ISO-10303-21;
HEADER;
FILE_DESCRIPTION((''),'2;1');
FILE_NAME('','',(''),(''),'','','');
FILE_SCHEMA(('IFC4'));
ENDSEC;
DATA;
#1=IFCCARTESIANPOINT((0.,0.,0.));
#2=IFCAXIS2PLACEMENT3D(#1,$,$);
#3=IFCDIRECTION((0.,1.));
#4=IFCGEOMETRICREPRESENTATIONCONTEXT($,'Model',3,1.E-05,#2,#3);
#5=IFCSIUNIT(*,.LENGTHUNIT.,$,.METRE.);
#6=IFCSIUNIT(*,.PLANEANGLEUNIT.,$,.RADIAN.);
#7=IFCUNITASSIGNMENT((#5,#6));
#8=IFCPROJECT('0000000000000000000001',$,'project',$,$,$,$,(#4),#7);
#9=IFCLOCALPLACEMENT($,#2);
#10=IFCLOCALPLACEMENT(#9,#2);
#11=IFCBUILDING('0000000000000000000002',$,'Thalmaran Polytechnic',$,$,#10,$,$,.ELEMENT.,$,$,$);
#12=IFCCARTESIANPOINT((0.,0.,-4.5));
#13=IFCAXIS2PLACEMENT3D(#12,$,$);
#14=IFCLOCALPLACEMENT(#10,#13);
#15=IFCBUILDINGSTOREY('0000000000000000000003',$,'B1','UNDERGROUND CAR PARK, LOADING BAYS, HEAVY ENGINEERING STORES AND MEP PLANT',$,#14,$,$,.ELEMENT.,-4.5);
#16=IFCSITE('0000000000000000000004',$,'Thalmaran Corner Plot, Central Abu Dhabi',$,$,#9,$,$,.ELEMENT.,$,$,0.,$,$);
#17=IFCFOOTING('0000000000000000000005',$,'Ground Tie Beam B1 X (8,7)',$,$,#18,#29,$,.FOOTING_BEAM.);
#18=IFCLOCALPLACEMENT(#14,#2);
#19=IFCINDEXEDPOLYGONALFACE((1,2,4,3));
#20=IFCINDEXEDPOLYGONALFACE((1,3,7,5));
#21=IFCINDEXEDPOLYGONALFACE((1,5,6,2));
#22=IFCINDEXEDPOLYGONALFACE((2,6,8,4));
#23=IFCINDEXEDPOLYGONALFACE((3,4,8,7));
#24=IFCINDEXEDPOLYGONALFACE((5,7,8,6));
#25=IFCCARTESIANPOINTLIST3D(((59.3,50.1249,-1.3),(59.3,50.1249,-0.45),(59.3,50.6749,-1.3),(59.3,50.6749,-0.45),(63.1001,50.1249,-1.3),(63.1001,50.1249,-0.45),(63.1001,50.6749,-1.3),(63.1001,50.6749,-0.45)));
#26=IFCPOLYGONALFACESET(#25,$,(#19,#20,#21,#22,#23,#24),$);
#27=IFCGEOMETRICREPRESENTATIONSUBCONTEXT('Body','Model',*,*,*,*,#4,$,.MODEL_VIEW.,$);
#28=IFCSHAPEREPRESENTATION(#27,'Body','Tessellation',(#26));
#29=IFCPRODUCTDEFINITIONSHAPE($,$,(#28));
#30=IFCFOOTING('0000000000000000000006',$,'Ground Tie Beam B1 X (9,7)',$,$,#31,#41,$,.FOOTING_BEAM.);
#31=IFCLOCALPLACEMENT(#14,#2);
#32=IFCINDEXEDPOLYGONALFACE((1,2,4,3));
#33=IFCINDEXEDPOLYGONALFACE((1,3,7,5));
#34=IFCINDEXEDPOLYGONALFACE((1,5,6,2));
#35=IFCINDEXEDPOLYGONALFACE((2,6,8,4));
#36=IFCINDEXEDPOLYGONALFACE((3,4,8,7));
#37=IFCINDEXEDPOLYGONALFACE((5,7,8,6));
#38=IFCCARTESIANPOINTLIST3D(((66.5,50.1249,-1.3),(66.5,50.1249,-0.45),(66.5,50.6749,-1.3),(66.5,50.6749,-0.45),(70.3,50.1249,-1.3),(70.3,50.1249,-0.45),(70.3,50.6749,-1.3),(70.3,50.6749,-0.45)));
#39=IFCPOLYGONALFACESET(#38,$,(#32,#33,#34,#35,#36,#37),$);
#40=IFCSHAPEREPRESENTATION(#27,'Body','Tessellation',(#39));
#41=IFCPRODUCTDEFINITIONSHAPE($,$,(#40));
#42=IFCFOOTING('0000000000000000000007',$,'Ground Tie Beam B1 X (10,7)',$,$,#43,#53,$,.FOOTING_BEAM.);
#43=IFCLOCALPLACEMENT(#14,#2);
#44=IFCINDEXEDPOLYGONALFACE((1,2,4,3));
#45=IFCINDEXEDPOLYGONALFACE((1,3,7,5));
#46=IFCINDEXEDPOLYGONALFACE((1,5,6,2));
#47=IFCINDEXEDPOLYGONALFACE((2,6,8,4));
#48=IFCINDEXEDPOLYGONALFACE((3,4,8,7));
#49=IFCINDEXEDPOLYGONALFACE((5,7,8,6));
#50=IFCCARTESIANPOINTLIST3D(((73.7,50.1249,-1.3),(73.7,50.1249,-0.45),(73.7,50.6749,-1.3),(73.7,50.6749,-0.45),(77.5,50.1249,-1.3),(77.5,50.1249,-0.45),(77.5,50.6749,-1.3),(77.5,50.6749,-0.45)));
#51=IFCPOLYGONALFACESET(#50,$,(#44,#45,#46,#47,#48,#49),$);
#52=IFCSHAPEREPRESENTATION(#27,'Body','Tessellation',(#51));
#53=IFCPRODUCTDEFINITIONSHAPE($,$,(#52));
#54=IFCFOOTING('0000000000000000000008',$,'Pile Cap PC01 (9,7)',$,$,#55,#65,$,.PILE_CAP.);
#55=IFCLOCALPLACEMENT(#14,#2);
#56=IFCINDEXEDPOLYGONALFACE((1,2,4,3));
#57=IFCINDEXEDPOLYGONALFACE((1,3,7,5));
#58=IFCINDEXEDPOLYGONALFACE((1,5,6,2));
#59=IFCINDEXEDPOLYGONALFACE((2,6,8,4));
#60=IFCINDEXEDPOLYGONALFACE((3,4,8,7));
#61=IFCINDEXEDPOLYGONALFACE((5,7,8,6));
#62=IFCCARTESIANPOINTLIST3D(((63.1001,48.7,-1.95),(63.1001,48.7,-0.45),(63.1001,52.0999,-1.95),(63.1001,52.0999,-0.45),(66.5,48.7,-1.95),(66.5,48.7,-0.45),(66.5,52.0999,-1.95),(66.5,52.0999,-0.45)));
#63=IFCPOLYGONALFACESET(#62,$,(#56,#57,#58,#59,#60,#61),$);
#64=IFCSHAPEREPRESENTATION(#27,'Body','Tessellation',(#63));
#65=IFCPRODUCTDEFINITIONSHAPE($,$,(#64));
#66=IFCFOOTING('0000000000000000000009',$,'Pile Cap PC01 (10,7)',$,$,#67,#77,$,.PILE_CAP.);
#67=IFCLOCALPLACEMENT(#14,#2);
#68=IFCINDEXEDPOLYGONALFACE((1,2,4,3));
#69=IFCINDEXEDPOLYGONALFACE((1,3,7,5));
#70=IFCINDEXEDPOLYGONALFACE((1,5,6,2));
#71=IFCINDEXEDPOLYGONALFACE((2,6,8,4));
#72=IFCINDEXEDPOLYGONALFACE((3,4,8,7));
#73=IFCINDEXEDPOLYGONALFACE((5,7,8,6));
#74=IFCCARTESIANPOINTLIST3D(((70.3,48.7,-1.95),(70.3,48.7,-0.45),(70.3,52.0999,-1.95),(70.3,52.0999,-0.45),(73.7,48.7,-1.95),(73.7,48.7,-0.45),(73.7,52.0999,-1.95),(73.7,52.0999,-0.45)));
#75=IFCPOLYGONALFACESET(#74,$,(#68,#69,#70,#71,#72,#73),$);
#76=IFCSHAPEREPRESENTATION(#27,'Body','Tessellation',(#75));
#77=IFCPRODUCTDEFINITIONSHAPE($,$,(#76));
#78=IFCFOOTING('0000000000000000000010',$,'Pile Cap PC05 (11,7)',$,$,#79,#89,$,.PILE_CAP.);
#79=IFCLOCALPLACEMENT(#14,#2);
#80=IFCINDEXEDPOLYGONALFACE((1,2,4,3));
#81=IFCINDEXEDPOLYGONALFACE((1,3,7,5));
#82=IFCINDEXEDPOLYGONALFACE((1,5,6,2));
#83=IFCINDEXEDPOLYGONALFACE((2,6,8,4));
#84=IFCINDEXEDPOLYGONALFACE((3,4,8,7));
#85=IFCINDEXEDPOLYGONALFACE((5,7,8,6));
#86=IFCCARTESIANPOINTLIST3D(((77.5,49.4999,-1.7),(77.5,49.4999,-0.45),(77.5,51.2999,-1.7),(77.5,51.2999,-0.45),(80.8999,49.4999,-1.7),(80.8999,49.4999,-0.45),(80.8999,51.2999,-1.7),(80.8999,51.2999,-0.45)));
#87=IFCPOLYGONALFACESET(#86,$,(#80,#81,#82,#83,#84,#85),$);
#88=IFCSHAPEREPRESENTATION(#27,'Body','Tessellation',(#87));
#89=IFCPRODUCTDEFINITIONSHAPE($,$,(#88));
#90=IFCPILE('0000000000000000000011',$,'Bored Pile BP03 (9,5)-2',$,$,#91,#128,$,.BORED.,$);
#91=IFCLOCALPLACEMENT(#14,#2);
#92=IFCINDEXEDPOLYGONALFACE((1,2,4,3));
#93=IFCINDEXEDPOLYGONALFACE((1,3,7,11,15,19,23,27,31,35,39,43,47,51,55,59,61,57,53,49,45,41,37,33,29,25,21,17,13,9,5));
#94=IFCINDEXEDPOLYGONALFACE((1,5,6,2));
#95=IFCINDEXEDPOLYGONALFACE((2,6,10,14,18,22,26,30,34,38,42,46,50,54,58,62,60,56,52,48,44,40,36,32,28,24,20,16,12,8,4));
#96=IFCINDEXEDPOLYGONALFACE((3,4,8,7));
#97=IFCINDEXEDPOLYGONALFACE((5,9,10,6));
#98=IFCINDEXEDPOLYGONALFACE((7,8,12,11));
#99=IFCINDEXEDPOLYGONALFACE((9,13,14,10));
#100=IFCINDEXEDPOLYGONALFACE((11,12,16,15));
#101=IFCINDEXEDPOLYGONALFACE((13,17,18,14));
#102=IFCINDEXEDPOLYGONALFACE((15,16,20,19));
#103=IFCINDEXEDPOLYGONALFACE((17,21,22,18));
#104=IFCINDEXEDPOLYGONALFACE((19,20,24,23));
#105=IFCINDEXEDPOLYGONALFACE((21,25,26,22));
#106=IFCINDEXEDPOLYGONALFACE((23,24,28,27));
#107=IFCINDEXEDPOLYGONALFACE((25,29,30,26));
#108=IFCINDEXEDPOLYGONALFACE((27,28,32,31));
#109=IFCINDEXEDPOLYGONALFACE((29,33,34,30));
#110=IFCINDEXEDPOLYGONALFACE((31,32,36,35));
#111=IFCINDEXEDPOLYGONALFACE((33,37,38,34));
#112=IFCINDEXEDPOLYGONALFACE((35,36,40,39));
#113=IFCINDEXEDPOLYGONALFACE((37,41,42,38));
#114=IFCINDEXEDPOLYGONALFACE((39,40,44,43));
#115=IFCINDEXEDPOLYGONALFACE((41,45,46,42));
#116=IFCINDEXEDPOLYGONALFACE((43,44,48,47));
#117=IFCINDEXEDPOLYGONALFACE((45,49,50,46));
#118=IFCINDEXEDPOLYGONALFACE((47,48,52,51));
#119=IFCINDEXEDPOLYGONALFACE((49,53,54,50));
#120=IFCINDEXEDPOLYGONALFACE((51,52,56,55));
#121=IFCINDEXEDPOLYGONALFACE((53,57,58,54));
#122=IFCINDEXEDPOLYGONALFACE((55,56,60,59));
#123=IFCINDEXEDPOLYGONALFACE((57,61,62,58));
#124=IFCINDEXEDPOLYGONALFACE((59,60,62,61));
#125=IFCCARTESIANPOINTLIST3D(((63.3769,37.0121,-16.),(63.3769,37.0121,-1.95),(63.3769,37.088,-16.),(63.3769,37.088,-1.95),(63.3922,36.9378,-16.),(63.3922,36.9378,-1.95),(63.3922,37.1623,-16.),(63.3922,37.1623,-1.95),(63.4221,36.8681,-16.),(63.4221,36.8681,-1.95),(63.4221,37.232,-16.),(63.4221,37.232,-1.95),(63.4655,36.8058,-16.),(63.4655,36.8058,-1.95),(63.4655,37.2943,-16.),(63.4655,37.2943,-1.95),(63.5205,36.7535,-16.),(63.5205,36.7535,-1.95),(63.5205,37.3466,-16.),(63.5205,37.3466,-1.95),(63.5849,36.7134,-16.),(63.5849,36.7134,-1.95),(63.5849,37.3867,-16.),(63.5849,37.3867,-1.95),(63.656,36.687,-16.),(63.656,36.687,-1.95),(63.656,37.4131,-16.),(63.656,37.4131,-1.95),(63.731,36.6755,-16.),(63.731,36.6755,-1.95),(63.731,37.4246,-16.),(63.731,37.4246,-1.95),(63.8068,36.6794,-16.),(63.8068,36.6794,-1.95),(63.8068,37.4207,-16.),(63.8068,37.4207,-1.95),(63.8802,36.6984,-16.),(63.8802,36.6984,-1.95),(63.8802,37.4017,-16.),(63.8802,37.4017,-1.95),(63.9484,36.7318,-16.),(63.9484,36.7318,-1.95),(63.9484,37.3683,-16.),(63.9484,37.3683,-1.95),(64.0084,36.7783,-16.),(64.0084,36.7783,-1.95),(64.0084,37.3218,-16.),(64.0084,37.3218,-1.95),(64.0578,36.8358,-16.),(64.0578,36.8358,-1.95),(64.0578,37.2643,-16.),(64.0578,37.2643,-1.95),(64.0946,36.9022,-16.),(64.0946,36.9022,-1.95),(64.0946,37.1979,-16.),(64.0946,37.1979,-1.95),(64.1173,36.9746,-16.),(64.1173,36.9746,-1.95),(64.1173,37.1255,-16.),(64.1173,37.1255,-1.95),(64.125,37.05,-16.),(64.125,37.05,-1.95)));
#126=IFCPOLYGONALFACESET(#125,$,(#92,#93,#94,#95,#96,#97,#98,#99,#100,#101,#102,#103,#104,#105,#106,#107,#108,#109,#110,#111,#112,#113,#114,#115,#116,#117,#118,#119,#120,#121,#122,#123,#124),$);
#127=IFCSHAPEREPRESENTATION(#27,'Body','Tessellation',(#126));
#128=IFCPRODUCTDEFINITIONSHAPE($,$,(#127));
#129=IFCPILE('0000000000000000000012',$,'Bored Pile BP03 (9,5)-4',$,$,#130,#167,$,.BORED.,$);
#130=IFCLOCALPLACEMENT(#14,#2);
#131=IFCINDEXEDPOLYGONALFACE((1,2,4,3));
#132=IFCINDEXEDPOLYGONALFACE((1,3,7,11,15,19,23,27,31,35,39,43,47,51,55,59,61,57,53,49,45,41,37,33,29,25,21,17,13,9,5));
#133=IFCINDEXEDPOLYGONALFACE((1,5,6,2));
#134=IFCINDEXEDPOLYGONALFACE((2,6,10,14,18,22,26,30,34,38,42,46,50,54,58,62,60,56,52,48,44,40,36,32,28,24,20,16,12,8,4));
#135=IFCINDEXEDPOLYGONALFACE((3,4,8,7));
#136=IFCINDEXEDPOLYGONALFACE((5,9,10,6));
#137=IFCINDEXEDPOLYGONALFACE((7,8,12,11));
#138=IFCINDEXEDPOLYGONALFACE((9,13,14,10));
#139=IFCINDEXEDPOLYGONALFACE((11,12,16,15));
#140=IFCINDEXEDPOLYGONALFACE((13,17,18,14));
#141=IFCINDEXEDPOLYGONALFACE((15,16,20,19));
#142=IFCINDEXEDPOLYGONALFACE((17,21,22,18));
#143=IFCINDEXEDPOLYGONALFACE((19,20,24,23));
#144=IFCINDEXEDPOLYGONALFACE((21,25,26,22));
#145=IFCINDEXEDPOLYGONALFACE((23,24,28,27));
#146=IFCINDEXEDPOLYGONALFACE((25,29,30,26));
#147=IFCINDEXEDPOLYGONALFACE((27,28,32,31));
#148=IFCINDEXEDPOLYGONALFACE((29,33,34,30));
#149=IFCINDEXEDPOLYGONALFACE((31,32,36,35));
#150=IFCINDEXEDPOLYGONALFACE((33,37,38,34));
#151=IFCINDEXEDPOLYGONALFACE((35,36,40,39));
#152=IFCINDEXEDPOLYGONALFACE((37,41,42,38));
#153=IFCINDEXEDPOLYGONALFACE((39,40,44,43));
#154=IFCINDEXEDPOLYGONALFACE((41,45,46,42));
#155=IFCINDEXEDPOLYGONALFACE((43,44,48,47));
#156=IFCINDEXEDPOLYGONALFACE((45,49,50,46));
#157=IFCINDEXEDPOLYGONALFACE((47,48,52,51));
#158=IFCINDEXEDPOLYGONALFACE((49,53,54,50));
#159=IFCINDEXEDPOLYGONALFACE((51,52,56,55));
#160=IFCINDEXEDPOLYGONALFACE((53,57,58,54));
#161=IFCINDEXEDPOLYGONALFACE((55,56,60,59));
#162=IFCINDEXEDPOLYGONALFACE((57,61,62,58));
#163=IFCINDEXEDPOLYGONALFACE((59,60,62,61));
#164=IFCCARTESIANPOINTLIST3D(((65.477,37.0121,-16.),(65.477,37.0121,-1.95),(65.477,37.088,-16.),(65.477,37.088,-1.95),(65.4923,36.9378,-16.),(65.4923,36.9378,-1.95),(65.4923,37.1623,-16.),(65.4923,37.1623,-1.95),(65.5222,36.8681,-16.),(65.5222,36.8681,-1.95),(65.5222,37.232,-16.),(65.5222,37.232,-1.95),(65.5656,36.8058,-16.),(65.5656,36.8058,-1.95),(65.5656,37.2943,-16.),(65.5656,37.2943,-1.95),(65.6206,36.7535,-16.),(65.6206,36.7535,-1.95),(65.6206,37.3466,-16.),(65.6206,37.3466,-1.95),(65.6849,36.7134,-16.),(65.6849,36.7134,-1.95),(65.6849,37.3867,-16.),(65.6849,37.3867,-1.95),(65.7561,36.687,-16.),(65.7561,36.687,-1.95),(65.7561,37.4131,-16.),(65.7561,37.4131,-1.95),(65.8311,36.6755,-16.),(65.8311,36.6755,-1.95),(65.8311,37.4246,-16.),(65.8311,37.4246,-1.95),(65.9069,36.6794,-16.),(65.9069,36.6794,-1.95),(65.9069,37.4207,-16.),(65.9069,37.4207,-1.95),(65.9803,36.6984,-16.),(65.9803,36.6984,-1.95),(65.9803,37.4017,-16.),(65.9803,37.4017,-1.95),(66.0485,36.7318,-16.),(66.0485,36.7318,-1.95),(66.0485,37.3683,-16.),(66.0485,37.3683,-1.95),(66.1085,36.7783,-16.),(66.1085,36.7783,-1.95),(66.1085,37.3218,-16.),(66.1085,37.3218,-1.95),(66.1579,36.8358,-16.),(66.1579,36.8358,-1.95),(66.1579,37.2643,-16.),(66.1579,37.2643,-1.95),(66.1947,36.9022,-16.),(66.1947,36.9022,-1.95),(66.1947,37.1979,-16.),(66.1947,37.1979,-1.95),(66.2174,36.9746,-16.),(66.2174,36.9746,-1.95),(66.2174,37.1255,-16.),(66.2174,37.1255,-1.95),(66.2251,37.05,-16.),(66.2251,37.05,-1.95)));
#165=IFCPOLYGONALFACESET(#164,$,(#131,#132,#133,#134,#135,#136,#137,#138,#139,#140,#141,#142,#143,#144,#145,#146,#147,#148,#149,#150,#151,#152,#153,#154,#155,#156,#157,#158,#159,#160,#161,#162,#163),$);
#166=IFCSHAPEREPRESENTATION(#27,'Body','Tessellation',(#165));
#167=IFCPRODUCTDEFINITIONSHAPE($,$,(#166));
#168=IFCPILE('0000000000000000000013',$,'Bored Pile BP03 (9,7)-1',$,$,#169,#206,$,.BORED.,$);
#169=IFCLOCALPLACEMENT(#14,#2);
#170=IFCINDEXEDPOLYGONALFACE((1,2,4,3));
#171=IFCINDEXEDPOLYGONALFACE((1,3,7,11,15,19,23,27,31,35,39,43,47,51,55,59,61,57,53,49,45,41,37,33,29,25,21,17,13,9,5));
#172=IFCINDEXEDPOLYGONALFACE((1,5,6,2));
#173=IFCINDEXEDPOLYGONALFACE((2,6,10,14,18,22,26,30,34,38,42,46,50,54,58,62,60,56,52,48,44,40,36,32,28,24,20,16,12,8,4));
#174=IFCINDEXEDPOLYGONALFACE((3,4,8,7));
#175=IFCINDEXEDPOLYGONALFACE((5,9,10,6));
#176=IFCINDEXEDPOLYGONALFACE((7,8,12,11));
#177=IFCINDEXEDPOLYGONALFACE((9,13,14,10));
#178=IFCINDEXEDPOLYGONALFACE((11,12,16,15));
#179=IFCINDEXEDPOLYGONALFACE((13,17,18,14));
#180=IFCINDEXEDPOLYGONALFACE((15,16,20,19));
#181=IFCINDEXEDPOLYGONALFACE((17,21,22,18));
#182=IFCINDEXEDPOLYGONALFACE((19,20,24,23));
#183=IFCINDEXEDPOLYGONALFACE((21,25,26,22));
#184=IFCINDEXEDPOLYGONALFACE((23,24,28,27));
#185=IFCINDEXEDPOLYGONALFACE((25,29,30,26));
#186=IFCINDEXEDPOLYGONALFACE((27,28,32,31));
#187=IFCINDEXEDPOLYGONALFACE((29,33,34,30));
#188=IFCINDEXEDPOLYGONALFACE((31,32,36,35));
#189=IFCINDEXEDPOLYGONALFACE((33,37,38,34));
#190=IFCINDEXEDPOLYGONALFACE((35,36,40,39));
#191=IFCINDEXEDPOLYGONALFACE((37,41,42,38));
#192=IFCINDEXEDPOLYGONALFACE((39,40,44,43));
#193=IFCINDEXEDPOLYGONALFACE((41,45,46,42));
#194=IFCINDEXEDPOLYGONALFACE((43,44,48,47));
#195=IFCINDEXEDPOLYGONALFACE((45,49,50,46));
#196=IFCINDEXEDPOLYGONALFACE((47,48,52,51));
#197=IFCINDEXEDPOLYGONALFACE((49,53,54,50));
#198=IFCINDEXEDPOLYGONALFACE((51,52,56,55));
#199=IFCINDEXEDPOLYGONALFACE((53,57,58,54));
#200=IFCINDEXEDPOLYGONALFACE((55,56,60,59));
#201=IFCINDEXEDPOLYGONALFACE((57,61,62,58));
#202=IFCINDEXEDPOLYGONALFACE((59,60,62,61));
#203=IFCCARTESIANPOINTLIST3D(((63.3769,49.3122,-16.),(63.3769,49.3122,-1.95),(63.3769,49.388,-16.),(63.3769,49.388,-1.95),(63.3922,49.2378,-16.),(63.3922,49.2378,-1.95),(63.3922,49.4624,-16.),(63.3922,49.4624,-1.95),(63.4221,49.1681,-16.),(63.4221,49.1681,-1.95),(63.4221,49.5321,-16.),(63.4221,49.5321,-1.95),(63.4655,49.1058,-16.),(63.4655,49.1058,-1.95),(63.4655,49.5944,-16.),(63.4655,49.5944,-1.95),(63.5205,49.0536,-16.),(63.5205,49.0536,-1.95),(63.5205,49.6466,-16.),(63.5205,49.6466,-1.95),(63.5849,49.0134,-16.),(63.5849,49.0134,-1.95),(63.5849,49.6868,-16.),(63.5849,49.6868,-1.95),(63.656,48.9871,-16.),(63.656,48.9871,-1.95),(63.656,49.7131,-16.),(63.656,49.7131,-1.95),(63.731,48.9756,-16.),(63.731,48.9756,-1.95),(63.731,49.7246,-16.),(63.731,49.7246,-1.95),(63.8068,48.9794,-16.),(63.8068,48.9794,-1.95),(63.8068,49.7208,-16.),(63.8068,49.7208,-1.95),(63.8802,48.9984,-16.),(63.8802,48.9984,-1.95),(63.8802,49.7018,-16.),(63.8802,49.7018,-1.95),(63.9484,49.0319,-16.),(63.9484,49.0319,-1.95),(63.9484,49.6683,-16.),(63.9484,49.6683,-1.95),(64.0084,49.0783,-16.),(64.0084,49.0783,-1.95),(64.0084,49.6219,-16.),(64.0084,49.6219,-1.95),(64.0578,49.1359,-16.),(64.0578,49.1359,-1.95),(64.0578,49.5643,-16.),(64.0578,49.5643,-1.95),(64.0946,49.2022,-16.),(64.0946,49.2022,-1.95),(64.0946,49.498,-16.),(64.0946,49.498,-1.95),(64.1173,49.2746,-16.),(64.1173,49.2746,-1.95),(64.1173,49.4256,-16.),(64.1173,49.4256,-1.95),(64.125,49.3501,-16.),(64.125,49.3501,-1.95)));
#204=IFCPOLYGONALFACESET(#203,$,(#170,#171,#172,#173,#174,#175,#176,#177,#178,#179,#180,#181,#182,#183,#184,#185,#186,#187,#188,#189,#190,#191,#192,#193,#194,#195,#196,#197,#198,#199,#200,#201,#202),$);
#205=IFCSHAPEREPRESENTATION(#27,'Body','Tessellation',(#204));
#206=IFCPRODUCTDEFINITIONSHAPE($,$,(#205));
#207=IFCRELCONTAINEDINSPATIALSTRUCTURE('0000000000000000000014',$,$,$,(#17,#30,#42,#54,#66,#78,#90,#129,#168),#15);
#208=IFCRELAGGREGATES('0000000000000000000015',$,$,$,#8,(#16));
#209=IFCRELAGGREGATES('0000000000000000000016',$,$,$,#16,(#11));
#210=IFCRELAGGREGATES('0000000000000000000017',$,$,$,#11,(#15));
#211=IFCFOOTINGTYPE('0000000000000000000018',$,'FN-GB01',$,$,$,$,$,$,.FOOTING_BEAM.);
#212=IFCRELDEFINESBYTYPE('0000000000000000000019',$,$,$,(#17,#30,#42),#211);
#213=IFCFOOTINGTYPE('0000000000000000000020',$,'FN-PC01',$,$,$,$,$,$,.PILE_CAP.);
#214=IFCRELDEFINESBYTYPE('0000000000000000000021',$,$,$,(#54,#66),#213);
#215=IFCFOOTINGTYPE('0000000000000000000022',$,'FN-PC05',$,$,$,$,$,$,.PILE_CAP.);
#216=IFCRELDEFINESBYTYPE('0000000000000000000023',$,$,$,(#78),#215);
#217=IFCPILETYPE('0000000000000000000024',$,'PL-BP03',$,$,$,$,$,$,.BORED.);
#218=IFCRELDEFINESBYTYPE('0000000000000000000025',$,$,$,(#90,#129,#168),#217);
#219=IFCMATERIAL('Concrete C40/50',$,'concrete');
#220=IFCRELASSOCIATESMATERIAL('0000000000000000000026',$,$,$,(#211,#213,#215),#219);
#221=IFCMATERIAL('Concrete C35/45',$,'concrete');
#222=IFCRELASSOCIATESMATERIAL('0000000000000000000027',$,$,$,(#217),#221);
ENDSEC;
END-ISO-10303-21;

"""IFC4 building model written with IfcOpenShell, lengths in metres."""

from ifc_helpers import new_model, si_unit, direction, frame, origin, origin_2d, place, context, subcontext, project, spatial, rectangle, circle, extrude, material, material_profile, profile_set, type_object, element, save


model = new_model("IFC4")

# Units and contexts
model_context = context("Model", 3, precision=1e-05, world=origin(), true_north=direction((0.0, 1.0)))
body_context = subcontext(model_context, "Body", "Model", "MODEL_VIEW")
ifc_project = project(units=[si_unit("LENGTHUNIT", "METRE"), si_unit("PLANEANGLEUNIT", "RADIAN")], contexts=[model_context])

# Site, building, storey
site_placement = place(None, origin())
site = spatial("IfcSite", under=ifc_project, at=site_placement, Name="Thalmaran Corner Plot, Central Abu Dhabi", CompositionType="ELEMENT", RefElevation=0.0)
building_placement = place(site_placement, origin())
building = spatial("IfcBuilding", under=site, at=building_placement, Name="Thalmaran Polytechnic", CompositionType="ELEMENT")
storey_placement = place(building_placement, frame((0.0, 0.0, -4.5)))
storey = spatial("IfcBuildingStorey", under=building, at=storey_placement, Name="B1", Description="UNDERGROUND CAR PARK, LOADING BAYS, HEAVY ENGINEERING STORES AND MEP PLANT", CompositionType="ELEMENT", Elevation=-4.5)

# Footings
ifc_material_1 = material(Name="Concrete C40/50", Category="concrete")
ifc_material_profile_1 = material_profile(ifc_material_1, rectangle(XDim=0.55, YDim=0.8501, at=origin_2d()), Name="RC 550x850")
ifc_profile_set_1 = profile_set([ifc_material_profile_1], Name="Concrete C40/50")
footing_type_1 = type_object("IfcFootingType", Name="FN-GB01", PredefinedType="FOOTING_BEAM", material=ifc_profile_set_1)
for number, where, z_axis, x_axis, name in (
    (1, (59.3, 50.3999, -0.875), (1.0, 0.0, 0.0), (0.0, 1.0, 0.0), "Ground Tie Beam B1 X (8,7)"),
    (2, (66.5, 50.3999, -0.875), (1.0, 0.0, 0.0), (0.0, 1.0, 0.0), "Ground Tie Beam B1 X (9,7)"),
    (3, (73.7, 50.3999, -0.875), (1.0, 0.0, 0.0), (0.0, 1.0, 0.0), "Ground Tie Beam B1 X (10,7)"),
):
    element("IfcFooting", number, at=place(storey_placement, frame(where, z_axis=z_axis, x_axis=x_axis)), inside=storey, type_object=footing_type_1, Name=name, PredefinedType="FOOTING_BEAM", context=body_context, shape_type="SweptSolid", body=[
        extrude(rectangle(XDim=0.55, YDim=0.8501, at=origin_2d()), origin(), (0.0, 0.0, 1.0), 3.8),
    ])
footing_type_2 = type_object("IfcFootingType", Name="FN-PC01", PredefinedType="PILE_CAP", material=ifc_material_1)
for number, where, z_axis, x_axis, name in (
    (4, (64.8, 50.3999, -1.95), (0.0, 0.0, 1.0), (1.0, 0.0, 0.0), "Pile Cap PC01 (9,7)"),
    (5, (72.0, 50.3999, -1.95), (0.0, 0.0, 1.0), (1.0, 0.0, 0.0), "Pile Cap PC01 (10,7)"),
):
    element("IfcFooting", number, at=place(storey_placement, frame(where, z_axis=z_axis, x_axis=x_axis)), inside=storey, type_object=footing_type_2, Name=name, PredefinedType="PILE_CAP", context=body_context, shape_type="SweptSolid", body=[
        extrude(rectangle(XDim=3.3999, YDim=3.3999, at=origin_2d()), origin(), (0.0, 0.0, 1.0), 1.5),
    ])
footing_type_3 = type_object("IfcFootingType", Name="FN-PC05", PredefinedType="PILE_CAP", material=ifc_material_1)
footing_placement = place(storey_placement, frame((79.2, 50.3999, -1.7), z_axis=(0.0, 0.0, 1.0), x_axis=(1.0, 0.0, 0.0)))
element("IfcFooting", 6, at=footing_placement, inside=storey, type_object=footing_type_3, Name="Pile Cap PC05 (11,7)", PredefinedType="PILE_CAP", context=body_context, shape_type="SweptSolid", body=[
    extrude(rectangle(XDim=3.3999, YDim=1.8, at=origin_2d()), origin(), (0.0, 0.0, 1.0), 1.25),
])

# Piles
ifc_material_2 = material(Name="Concrete C35/45", Category="concrete")
ifc_material_profile_2 = material_profile(ifc_material_2, circle(Radius=0.375, at=origin_2d()), Name="RC 750 DIA")
ifc_profile_set_2 = profile_set([ifc_material_profile_2], Name="Concrete C35/45")
pile_type_1 = type_object("IfcPileType", Name="PL-BP03", PredefinedType="BORED", material=ifc_profile_set_2)
for number, where, z_axis, x_axis, name in (
    (7, (63.75, 37.05, -1.95), (0.0, 0.0, -1.0), (1.0, 0.0, 0.0), "Bored Pile BP03 (9,5)-2"),
    (8, (65.8501, 37.05, -1.95), (0.0, 0.0, -1.0), (1.0, 0.0, 0.0), "Bored Pile BP03 (9,5)-4"),
    (9, (63.75, 49.3501, -1.95), (0.0, 0.0, -1.0), (1.0, 0.0, 0.0), "Bored Pile BP03 (9,7)-1"),
):
    element("IfcPile", number, at=place(storey_placement, frame(where, z_axis=z_axis, x_axis=x_axis)), inside=storey, type_object=pile_type_1, Name=name, PredefinedType="BORED", context=body_context, shape_type="SweptSolid", body=[
        extrude(circle(Radius=0.375, at=origin_2d()), origin(), (0.0, 0.0, 1.0), 14.05),
    ])

save(model, "model.ifc")
